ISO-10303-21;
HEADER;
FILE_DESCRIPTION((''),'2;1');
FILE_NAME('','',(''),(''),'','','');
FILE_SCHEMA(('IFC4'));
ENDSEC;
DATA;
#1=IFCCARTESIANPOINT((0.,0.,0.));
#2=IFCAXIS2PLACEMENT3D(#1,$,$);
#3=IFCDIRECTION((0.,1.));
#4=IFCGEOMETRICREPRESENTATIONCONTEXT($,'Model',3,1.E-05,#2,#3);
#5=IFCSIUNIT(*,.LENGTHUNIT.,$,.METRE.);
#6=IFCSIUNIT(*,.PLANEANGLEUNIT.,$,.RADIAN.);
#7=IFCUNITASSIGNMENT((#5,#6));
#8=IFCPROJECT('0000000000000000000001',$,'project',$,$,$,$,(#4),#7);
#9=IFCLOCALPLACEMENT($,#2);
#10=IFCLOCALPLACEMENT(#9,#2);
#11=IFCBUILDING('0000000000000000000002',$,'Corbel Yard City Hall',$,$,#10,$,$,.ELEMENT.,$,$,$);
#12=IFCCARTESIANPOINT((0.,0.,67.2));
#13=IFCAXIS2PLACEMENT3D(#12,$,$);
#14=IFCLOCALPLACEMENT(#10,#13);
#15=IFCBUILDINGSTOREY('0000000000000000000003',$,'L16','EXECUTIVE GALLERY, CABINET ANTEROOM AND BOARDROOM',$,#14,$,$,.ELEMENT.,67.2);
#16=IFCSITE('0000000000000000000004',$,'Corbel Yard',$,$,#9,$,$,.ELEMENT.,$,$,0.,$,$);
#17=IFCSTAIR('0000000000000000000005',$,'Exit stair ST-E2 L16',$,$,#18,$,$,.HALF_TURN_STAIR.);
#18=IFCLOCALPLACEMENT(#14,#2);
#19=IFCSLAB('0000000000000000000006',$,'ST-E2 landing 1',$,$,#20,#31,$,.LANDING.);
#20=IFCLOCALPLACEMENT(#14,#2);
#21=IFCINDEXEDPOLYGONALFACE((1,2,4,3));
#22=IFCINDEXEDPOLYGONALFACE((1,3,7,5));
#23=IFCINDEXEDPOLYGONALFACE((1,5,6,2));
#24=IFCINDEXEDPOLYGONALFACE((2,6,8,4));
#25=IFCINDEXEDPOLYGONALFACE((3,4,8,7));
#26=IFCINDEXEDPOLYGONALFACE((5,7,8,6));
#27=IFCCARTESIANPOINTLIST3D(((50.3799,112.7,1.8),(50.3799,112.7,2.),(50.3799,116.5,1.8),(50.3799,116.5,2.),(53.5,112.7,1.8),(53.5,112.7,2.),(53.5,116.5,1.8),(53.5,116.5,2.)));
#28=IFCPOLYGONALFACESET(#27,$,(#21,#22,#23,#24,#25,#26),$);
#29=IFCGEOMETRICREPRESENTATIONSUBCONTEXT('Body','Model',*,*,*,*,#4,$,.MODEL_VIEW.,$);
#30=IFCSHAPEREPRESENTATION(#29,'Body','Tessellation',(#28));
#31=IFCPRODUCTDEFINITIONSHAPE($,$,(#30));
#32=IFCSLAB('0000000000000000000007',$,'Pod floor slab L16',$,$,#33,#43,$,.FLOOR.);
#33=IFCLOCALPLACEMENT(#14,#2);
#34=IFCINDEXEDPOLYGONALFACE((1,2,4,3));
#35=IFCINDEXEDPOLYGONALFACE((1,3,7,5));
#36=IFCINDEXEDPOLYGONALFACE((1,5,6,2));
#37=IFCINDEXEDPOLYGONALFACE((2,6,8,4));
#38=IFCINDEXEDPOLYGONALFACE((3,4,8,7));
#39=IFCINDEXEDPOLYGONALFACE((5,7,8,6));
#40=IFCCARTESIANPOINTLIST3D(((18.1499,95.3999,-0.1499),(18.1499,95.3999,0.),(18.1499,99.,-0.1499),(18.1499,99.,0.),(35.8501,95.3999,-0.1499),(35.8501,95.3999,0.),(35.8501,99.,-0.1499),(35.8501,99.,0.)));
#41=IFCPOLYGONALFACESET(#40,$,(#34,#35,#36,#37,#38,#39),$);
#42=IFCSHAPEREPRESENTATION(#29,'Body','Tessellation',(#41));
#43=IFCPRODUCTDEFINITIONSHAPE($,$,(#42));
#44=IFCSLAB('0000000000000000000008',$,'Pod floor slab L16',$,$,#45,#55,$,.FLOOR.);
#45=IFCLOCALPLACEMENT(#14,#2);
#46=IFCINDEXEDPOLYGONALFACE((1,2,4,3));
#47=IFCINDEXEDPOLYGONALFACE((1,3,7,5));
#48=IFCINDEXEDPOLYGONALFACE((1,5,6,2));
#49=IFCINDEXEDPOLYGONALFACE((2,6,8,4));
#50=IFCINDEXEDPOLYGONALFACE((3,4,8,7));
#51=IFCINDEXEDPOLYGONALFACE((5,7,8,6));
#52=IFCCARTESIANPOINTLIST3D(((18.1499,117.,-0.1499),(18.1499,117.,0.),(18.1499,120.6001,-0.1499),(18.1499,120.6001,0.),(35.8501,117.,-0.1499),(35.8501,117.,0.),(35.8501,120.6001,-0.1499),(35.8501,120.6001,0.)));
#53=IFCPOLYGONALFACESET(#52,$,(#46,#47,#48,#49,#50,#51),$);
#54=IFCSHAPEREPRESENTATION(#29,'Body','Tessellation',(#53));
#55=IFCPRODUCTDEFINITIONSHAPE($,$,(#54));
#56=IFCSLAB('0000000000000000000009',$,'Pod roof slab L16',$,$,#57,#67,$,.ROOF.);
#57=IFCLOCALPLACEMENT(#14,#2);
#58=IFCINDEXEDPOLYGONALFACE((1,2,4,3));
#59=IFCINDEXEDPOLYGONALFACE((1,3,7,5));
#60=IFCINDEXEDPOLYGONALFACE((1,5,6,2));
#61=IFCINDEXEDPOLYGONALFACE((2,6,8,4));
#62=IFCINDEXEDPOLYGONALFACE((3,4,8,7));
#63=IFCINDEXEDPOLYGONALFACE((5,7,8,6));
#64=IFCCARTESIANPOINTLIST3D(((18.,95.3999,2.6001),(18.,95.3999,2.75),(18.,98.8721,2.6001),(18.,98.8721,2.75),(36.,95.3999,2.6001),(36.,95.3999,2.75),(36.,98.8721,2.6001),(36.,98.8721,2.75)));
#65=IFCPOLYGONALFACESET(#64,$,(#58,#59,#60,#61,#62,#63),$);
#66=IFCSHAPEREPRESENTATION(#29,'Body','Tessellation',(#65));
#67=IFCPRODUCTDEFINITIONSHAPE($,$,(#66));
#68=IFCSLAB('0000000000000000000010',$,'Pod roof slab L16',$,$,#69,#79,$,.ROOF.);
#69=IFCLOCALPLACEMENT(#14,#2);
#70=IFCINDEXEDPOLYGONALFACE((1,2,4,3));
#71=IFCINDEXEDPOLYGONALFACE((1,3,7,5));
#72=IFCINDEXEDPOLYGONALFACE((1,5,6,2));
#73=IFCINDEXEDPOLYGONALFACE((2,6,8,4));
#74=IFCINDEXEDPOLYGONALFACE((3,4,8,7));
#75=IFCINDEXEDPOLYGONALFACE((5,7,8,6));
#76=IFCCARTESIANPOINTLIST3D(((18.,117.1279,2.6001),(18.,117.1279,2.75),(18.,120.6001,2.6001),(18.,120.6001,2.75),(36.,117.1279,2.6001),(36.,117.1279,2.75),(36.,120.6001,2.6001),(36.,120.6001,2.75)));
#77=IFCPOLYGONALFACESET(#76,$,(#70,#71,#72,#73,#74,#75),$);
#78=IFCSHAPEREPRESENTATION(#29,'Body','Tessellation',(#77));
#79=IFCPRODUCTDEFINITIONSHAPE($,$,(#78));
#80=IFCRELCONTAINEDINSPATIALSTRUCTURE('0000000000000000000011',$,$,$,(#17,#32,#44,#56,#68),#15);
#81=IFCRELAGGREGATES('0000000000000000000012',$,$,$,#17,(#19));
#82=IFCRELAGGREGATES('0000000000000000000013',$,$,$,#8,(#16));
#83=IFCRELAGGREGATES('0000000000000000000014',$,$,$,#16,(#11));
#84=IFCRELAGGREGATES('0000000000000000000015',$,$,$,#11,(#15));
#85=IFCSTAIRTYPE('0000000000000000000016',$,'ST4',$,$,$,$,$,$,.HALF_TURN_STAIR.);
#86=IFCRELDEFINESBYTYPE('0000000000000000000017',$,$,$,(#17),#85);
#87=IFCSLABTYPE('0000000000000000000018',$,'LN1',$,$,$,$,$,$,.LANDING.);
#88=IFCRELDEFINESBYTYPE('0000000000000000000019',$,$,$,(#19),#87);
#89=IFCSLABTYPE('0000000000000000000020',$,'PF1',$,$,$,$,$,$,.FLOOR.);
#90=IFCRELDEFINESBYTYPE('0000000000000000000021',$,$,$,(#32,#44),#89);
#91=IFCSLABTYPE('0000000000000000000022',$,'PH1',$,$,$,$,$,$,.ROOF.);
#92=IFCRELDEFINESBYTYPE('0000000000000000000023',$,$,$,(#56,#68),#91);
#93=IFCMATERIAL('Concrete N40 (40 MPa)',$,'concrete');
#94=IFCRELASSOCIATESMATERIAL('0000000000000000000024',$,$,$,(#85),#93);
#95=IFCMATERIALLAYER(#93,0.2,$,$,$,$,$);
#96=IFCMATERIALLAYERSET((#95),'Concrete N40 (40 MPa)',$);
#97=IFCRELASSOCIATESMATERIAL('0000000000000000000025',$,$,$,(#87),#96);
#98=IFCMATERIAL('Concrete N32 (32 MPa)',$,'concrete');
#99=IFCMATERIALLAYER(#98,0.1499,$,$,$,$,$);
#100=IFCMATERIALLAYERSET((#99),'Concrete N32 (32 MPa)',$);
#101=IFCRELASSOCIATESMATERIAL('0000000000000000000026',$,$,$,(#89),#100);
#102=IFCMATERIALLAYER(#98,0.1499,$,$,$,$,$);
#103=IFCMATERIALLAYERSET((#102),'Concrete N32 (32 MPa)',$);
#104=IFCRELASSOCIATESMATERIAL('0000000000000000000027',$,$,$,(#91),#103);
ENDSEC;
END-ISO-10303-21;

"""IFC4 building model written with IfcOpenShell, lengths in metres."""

from ifc_helpers import new_model, si_unit, direction, frame, origin, place, context, subcontext, project, spatial, polyline, outline, extrude, material, layer, layer_set, type_object, element, aggregate, save


model = new_model("IFC4")

# Units and contexts
model_context = context("Model", 3, precision=1e-05, world=origin(), true_north=direction((0.0, 1.0)))
body_context = subcontext(model_context, "Body", "Model", "MODEL_VIEW")
ifc_project = project(units=[si_unit("LENGTHUNIT", "METRE"), si_unit("PLANEANGLEUNIT", "RADIAN")], contexts=[model_context])

# Site, building, storey
site_placement = place(None, origin())
site = spatial("IfcSite", under=ifc_project, at=site_placement, Name="Corbel Yard", CompositionType="ELEMENT", RefElevation=0.0)
building_placement = place(site_placement, origin())
building = spatial("IfcBuilding", under=site, at=building_placement, Name="Corbel Yard City Hall", CompositionType="ELEMENT")
storey_placement = place(building_placement, frame((0.0, 0.0, 67.2)))
storey = spatial("IfcBuildingStorey", under=building, at=storey_placement, Name="L16", Description="EXECUTIVE GALLERY, CABINET ANTEROOM AND BOARDROOM", CompositionType="ELEMENT", Elevation=67.2)

# Shared definitions
ifc_material_1 = material(Name="Concrete N40 (40 MPa)", Category="concrete")

# Stair, slab
stair_type = type_object("IfcStairType", Name="ST4", PredefinedType="HALF_TURN_STAIR", material=ifc_material_1)
ifc_layer_1 = layer(ifc_material_1, 0.2)
ifc_layer_set_1 = layer_set([ifc_layer_1], Name="Concrete N40 (40 MPa)")
slab_type_1 = type_object("IfcSlabType", Name="LN1", PredefinedType="LANDING", material=ifc_layer_set_1)
stair_1_placement = place(storey_placement, origin())
stair_1 = element("IfcStair", 1, at=stair_1_placement, inside=storey, type_object=stair_type, Name="Exit stair ST-E2 L16", PredefinedType="HALF_TURN_STAIR")
slab_1_placement = place(storey_placement, frame((0.0, 0.0, 1.8)))
slab_1 = element("IfcSlab", 2, at=slab_1_placement, type_object=slab_type_1, Name="ST-E2 landing 1", PredefinedType="LANDING", context=body_context, shape_type="SweptSolid", body=[
    extrude(outline(polyline([(50.3799, 112.7), (53.5, 112.7), (53.5, 116.5), (50.3799, 116.5), (50.3799, 112.7)])), origin(), (0.0, 0.0, 1.0), 0.2),
])
aggregate(stair_1, [slab_1])

# Slabs
ifc_material_2 = material(Name="Concrete N32 (32 MPa)", Category="concrete")
ifc_layer_2 = layer(ifc_material_2, 0.1499)
ifc_layer_set_2 = layer_set([ifc_layer_2], Name="Concrete N32 (32 MPa)")
slab_type_2 = type_object("IfcSlabType", Name="PF1", PredefinedType="FLOOR", material=ifc_layer_set_2)
slab_2_placement = place(storey_placement, frame((0.0, 0.0, -0.1499)))
element("IfcSlab", 3, at=slab_2_placement, inside=storey, type_object=slab_type_2, Name="Pod floor slab L16", PredefinedType="FLOOR", context=body_context, shape_type="SweptSolid", body=[
    extrude(outline(polyline([(18.1499, 95.3999), (35.8501, 95.3999), (35.8501, 99.0), (18.1499, 99.0), (18.1499, 95.3999)])), origin(), (0.0, 0.0, 1.0), 0.1499),
])
slab_3_placement = place(storey_placement, frame((0.0, 0.0, -0.1499)))
element("IfcSlab", 4, at=slab_3_placement, inside=storey, type_object=slab_type_2, Name="Pod floor slab L16", PredefinedType="FLOOR", context=body_context, shape_type="SweptSolid", body=[
    extrude(outline(polyline([(18.1499, 117.0), (35.8501, 117.0), (35.8501, 120.6001), (18.1499, 120.6001), (18.1499, 117.0)])), origin(), (0.0, 0.0, 1.0), 0.1499),
])
ifc_layer_3 = layer(ifc_material_2, 0.1499)
ifc_layer_set_3 = layer_set([ifc_layer_3], Name="Concrete N32 (32 MPa)")
slab_type_3 = type_object("IfcSlabType", Name="PH1", PredefinedType="ROOF", material=ifc_layer_set_3)
slab_4_placement = place(storey_placement, frame((0.0, 0.0, 2.6001)))
element("IfcSlab", 5, at=slab_4_placement, inside=storey, type_object=slab_type_3, Name="Pod roof slab L16", PredefinedType="ROOF", context=body_context, shape_type="SweptSolid", body=[
    extrude(outline(polyline([(18.0, 95.3999), (36.0, 95.3999), (36.0, 98.8721), (18.0, 98.8721), (18.0, 95.3999)])), origin(), (0.0, 0.0, 1.0), 0.1499),
])
slab_5_placement = place(storey_placement, frame((0.0, 0.0, 2.6001)))
element("IfcSlab", 6, at=slab_5_placement, inside=storey, type_object=slab_type_3, Name="Pod roof slab L16", PredefinedType="ROOF", context=body_context, shape_type="SweptSolid", body=[
    extrude(outline(polyline([(18.0, 120.6001), (18.0, 117.1279), (36.0, 117.1279), (36.0, 120.6001), (18.0, 120.6001)])), origin(), (0.0, 0.0, 1.0), 0.1499),
])

save(model, "model.ifc")
